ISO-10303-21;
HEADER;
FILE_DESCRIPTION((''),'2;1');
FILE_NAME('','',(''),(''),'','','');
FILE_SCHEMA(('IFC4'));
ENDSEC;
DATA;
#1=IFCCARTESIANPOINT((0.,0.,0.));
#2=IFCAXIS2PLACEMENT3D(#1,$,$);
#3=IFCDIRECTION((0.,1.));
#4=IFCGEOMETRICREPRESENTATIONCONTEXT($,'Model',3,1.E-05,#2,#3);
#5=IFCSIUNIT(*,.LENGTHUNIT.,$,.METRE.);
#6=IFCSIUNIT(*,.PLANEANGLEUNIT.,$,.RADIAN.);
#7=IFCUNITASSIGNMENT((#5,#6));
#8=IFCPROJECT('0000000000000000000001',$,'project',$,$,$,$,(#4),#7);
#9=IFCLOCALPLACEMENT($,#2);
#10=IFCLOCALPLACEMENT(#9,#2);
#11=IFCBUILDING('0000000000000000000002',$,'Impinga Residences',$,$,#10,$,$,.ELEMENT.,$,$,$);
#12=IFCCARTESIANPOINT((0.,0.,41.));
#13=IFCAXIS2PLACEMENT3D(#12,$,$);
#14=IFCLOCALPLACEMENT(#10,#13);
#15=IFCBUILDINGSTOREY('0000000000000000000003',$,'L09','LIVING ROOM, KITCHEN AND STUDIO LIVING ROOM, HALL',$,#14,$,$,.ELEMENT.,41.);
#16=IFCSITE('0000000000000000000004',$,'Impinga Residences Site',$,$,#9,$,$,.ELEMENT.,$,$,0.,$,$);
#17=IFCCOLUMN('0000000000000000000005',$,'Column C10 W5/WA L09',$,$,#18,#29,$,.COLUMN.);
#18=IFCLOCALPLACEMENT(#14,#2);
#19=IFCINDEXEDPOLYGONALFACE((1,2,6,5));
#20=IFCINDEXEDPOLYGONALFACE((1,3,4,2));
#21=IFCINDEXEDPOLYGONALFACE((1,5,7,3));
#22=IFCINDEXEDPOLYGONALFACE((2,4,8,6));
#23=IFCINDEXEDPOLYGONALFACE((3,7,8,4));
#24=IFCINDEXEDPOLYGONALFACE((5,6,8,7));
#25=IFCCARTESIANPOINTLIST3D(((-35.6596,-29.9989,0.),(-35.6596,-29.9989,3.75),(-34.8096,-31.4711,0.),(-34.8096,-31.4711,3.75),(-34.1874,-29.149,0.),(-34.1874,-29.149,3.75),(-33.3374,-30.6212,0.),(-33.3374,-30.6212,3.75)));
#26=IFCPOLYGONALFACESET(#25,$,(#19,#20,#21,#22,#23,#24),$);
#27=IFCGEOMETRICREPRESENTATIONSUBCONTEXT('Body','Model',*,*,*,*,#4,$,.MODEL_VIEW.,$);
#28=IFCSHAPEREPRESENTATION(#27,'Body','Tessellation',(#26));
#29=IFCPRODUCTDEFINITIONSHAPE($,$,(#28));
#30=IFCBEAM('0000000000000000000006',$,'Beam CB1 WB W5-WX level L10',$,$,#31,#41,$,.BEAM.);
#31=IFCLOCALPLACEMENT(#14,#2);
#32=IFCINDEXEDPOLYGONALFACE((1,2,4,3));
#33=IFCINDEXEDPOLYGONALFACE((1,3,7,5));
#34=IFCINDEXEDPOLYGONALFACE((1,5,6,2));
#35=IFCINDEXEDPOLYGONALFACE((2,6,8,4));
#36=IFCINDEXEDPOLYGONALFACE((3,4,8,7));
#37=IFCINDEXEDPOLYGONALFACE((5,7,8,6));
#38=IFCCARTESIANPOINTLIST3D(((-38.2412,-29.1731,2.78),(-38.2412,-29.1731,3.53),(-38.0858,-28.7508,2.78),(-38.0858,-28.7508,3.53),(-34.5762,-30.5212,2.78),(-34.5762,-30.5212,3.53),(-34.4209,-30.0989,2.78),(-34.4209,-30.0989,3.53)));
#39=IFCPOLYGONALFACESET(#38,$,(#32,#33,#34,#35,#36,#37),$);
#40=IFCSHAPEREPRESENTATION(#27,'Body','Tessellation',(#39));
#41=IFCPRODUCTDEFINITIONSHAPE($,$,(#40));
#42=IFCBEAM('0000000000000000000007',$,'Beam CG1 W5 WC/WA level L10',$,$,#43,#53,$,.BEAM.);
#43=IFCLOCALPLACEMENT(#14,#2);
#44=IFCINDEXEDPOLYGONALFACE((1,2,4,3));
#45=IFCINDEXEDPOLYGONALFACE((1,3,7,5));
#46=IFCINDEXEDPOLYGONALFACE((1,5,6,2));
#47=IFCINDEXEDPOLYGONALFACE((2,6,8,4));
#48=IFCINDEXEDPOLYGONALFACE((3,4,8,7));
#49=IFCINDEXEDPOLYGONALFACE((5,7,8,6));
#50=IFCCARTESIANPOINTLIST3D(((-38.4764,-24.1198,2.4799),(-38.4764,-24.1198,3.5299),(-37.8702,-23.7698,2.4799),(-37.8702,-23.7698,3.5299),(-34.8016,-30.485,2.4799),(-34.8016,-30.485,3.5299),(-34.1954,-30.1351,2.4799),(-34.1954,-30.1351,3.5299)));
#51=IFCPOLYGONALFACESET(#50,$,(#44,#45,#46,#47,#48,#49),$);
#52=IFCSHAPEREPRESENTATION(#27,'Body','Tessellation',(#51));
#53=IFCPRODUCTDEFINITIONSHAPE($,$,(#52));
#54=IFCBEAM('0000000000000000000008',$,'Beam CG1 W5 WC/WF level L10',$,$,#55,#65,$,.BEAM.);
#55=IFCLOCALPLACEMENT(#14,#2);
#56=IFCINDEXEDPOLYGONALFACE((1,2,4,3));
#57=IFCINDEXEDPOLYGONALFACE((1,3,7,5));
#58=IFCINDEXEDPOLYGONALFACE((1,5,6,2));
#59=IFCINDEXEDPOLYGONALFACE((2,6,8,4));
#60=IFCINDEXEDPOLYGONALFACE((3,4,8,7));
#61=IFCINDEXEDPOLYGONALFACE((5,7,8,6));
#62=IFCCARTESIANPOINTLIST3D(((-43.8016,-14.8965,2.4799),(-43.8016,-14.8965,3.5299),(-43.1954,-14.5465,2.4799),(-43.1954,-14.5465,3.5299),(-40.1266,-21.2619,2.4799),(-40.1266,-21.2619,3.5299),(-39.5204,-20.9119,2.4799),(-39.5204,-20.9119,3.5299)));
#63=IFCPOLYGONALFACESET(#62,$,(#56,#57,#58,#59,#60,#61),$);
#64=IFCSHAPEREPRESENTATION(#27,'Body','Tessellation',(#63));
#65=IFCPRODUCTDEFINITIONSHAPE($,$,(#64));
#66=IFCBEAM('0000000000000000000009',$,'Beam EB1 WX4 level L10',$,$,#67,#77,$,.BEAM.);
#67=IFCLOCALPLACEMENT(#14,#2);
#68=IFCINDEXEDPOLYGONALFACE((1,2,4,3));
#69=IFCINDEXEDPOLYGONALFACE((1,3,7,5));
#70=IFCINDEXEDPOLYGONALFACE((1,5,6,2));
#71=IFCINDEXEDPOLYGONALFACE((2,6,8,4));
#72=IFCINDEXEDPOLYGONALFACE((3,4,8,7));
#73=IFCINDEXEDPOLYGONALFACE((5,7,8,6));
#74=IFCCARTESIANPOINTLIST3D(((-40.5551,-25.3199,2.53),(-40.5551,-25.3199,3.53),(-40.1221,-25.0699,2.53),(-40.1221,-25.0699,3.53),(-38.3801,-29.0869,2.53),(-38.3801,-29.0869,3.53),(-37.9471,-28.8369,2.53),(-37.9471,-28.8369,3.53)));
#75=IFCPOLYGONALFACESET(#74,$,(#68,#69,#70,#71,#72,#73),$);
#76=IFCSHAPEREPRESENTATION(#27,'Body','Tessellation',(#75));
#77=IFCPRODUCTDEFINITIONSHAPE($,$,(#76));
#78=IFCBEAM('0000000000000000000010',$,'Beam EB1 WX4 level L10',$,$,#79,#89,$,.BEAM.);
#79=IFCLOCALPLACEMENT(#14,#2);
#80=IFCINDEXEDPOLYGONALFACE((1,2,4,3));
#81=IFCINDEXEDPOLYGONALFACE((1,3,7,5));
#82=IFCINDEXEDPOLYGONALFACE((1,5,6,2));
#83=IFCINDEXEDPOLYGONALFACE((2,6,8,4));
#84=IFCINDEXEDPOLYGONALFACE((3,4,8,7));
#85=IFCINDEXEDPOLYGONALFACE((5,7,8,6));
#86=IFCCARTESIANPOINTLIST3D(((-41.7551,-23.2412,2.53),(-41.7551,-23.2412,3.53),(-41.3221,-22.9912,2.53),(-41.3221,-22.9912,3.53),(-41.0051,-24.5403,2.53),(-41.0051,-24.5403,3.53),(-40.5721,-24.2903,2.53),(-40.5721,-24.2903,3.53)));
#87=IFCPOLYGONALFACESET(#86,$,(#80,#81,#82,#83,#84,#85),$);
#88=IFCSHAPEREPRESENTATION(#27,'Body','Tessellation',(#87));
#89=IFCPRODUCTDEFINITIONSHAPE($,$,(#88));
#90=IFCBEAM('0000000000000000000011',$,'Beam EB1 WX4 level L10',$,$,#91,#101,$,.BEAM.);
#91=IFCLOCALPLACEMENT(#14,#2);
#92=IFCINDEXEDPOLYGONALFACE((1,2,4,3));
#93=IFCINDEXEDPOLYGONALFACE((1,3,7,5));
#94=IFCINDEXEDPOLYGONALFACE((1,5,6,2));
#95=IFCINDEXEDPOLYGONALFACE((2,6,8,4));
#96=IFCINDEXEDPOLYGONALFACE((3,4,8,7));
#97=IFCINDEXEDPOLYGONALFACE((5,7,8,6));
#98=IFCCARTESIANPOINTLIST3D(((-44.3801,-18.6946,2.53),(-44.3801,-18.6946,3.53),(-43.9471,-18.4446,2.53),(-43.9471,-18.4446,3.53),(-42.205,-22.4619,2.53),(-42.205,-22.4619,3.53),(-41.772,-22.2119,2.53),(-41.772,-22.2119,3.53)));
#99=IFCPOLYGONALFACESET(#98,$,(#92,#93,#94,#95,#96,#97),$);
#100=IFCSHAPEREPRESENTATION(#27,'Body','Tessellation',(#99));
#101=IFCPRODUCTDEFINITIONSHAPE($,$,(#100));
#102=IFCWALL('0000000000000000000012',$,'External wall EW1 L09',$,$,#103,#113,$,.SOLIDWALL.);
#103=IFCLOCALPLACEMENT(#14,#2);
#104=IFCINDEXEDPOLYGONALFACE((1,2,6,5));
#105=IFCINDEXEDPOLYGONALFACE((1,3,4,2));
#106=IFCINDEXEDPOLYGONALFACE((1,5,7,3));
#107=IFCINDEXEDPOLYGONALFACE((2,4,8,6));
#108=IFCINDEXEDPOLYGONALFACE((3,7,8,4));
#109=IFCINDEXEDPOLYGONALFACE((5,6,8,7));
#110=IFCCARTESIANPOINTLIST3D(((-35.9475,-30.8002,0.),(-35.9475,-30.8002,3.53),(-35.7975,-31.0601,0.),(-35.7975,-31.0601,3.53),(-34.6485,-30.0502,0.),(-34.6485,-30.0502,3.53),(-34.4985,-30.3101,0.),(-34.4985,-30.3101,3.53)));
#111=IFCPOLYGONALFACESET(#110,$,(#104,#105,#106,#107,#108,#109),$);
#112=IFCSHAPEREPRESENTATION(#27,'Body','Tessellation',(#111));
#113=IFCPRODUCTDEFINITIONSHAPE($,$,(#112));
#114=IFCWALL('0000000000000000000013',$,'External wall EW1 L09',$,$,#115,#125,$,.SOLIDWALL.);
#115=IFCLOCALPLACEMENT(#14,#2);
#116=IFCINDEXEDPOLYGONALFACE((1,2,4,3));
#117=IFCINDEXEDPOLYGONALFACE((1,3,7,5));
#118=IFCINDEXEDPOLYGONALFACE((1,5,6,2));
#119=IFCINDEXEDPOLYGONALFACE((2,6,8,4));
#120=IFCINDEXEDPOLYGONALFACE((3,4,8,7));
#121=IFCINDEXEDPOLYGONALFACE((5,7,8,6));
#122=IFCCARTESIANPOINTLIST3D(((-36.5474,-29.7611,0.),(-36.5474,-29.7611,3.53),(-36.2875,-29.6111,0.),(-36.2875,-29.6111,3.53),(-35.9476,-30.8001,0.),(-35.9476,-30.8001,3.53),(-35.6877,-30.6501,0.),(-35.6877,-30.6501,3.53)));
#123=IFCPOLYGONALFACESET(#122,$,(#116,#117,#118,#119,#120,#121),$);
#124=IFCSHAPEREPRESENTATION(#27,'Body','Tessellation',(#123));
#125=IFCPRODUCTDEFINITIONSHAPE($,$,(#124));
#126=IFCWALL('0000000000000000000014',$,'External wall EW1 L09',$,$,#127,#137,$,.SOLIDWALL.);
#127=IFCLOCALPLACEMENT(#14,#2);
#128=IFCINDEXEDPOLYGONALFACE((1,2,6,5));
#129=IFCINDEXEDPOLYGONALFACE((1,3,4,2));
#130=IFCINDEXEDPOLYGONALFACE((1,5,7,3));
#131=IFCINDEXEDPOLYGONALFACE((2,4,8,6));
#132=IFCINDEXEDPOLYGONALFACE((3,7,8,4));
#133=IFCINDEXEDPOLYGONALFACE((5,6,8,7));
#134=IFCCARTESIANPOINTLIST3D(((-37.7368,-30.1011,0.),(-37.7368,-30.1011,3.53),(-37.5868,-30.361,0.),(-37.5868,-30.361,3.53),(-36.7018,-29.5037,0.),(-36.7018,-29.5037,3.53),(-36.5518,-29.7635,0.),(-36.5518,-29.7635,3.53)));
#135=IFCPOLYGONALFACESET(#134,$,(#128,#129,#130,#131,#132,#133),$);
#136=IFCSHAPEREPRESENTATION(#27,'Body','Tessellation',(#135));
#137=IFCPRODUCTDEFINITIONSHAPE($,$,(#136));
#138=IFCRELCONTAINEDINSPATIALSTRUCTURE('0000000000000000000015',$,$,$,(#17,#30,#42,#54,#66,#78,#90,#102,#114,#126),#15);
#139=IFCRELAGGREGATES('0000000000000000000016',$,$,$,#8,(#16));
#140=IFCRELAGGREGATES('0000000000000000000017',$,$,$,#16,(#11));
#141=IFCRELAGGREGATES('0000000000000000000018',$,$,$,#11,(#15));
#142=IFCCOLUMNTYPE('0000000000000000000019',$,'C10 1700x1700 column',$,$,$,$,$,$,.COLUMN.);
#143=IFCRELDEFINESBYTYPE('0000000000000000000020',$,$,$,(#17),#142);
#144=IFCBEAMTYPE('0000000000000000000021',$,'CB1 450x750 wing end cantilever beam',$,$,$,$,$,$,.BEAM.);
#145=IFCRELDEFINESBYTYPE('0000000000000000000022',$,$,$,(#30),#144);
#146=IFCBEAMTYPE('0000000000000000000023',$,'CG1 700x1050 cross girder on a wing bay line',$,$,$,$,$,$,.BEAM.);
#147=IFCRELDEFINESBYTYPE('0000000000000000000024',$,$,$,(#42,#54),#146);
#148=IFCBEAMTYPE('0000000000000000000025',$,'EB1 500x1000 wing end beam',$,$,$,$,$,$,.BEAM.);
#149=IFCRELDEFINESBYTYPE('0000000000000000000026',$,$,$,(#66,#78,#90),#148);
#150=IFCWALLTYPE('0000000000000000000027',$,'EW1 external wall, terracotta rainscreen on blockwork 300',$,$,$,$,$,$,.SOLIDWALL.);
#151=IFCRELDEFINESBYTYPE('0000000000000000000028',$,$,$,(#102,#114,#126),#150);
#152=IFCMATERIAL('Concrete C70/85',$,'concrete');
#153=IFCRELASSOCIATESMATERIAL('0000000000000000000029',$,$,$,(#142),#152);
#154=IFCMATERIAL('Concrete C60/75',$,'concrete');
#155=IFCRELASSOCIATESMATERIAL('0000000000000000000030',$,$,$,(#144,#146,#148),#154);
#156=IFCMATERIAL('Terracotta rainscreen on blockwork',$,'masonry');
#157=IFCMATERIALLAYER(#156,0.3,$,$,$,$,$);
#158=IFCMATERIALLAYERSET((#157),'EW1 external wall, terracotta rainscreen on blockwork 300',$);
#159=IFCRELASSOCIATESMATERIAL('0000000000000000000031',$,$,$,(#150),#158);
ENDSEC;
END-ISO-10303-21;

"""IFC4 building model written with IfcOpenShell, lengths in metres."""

from ifc_helpers import new_model, si_unit, direction, frame, frame_2d, origin, origin_2d, place, context, subcontext, project, spatial, rectangle, extrude, material, layer, layer_set, material_profile, profile_set, type_object, element, save


model = new_model("IFC4")

# Units and contexts
model_context = context("Model", 3, precision=1e-05, world=origin(), true_north=direction((0.0, 1.0)))
body_context = subcontext(model_context, "Body", "Model", "MODEL_VIEW")
ifc_project = project(units=[si_unit("LENGTHUNIT", "METRE"), si_unit("PLANEANGLEUNIT", "RADIAN")], contexts=[model_context])

# Site, building, storey
site_placement = place(None, origin())
site = spatial("IfcSite", under=ifc_project, at=site_placement, Name="Impinga Residences Site", CompositionType="ELEMENT", RefElevation=0.0)
building_placement = place(site_placement, origin())
building = spatial("IfcBuilding", under=site, at=building_placement, Name="Impinga Residences", CompositionType="ELEMENT")
storey_placement = place(building_placement, frame((0.0, 0.0, 41.0)))
storey = spatial("IfcBuildingStorey", under=building, at=storey_placement, Name="L09", Description="LIVING ROOM, KITCHEN AND STUDIO LIVING ROOM, HALL", CompositionType="ELEMENT", Elevation=41.0)

# Column
ifc_material_1 = material(Name="Concrete C70/85", Category="concrete")
ifc_material_profile_1 = material_profile(ifc_material_1, rectangle(XDim=1.7, YDim=1.7, at=origin_2d()), Name="RC 1700x1700")
ifc_profile_set_1 = profile_set([ifc_material_profile_1], Name="Concrete C70/85")
column_type = type_object("IfcColumnType", Name="C10 1700x1700 column", PredefinedType="COLUMN", material=ifc_profile_set_1)
column_placement = place(storey_placement, frame((-34.4985, -30.3101, 0.0), z_axis=(0.0, 0.0, 1.0), x_axis=(-0.5, 0.866025, 0.0)))
element("IfcColumn", 1, at=column_placement, inside=storey, type_object=column_type, Name="Column C10 W5/WA L09", PredefinedType="COLUMN", context=body_context, shape_type="SweptSolid", body=[
    extrude(rectangle(XDim=1.7, YDim=1.7, at=origin_2d()), origin(), (0.0, 0.0, 1.0), 3.75),
])

# Beams
ifc_material_2 = material(Name="Concrete C60/75", Category="concrete")
ifc_material_profile_2 = material_profile(ifc_material_2, rectangle(XDim=0.45, YDim=0.75, at=origin_2d()), Name="RC 450x750")
ifc_profile_set_2 = profile_set([ifc_material_profile_2], Name="Concrete C60/75")
beam_type_1 = type_object("IfcBeamType", Name="CB1 450x750 wing end cantilever beam", PredefinedType="BEAM", material=ifc_profile_set_2)
beam_1_placement = place(storey_placement, frame((-34.4985, -30.3101, 3.155), z_axis=(-0.93852, 0.345224, 0.0), x_axis=(-0.345224, -0.93852, 0.0)))
element("IfcBeam", 2, at=beam_1_placement, inside=storey, type_object=beam_type_1, Name="Beam CB1 WB W5-WX level L10", PredefinedType="BEAM", context=body_context, shape_type="SweptSolid", body=[
    extrude(rectangle(XDim=0.45, YDim=0.75, at=origin_2d()), origin(), (0.0, 0.0, 1.0), 3.905),
])
ifc_material_profile_3 = material_profile(ifc_material_2, rectangle(XDim=0.7, YDim=1.05, at=origin_2d()), Name="RC 700x1050")
ifc_profile_set_3 = profile_set([ifc_material_profile_3], Name="Concrete C60/75")
beam_type_2 = type_object("IfcBeamType", Name="CG1 700x1050 cross girder on a wing bay line", PredefinedType="BEAM", material=ifc_profile_set_3)
beam_2_placement = place(storey_placement, frame((-38.1733, -23.9448, 3.0049), z_axis=(0.499983, -0.866035, 0.0), x_axis=(0.866035, 0.499983, 0.0)))
element("IfcBeam", 3, at=beam_2_placement, inside=storey, type_object=beam_type_2, Name="Beam CG1 W5 WC/WA level L10", PredefinedType="BEAM", context=body_context, shape_type="SweptSolid", body=[
    extrude(rectangle(XDim=0.7, YDim=1.05, at=origin_2d()), origin(), (0.0, 0.0, 1.0), 7.3499),
])
beam_3_placement = place(storey_placement, frame((-39.8235, -21.0869, 3.0049), z_axis=(-0.499994, 0.866029, 0.0), x_axis=(-0.866029, -0.499994, 0.0)))
element("IfcBeam", 4, at=beam_3_placement, inside=storey, type_object=beam_type_2, Name="Beam CG1 W5 WC/WF level L10", PredefinedType="BEAM", context=body_context, shape_type="SweptSolid", body=[
    extrude(rectangle(XDim=0.7, YDim=1.05, at=origin_2d()), origin(), (0.0, 0.0, 1.0), 7.3501),
])
ifc_material_profile_4 = material_profile(ifc_material_2, rectangle(XDim=0.5, YDim=1.0, at=origin_2d()), Name="RC 500x1000")
ifc_profile_set_4 = profile_set([ifc_material_profile_4], Name="Concrete C60/75")
beam_type_3 = type_object("IfcBeamType", Name="EB1 500x1000 wing end beam", PredefinedType="BEAM", material=ifc_profile_set_4)
beam_4_placement = place(storey_placement, frame((-38.1636, -28.9619, 3.03), z_axis=(-0.50002, 0.866014, 0.0), x_axis=(-0.866014, -0.50002, 0.0)))
element("IfcBeam", 5, at=beam_4_placement, inside=storey, type_object=beam_type_3, Name="Beam EB1 WX4 level L10", PredefinedType="BEAM", context=body_context, shape_type="SweptSolid", body=[
    extrude(rectangle(XDim=0.5, YDim=1.0, at=origin_2d()), origin(), (0.0, 0.0, 1.0), 4.3499),
])
beam_5_placement = place(storey_placement, frame((-40.7886, -24.4153, 3.03), z_axis=(-0.49999, 0.866031, 0.0), x_axis=(-0.866031, -0.49999, 0.0)))
element("IfcBeam", 6, at=beam_5_placement, inside=storey, type_object=beam_type_3, Name="Beam EB1 WX4 level L10", PredefinedType="BEAM", context=body_context, shape_type="SweptSolid", body=[
    extrude(rectangle(XDim=0.5, YDim=1.0, at=origin_2d()), origin(), (0.0, 0.0, 1.0), 1.5),
])
beam_6_placement = place(storey_placement, frame((-41.9885, -22.3369, 3.03), z_axis=(-0.499996, 0.866028, 0.0), x_axis=(-0.866028, -0.499996, 0.0)))
element("IfcBeam", 7, at=beam_6_placement, inside=storey, type_object=beam_type_3, Name="Beam EB1 WX4 level L10", PredefinedType="BEAM", context=body_context, shape_type="SweptSolid", body=[
    extrude(rectangle(XDim=0.5, YDim=1.0, at=origin_2d()), origin(), (0.0, 0.0, 1.0), 4.3501),
])

# Walls
ifc_material_3 = material(Name="Terracotta rainscreen on blockwork", Category="masonry")
ifc_layer_1 = layer(ifc_material_3, 0.3)
ifc_layer_set_1 = layer_set([ifc_layer_1], Name="EW1 external wall, terracotta rainscreen on blockwork 300")
wall_type_1 = type_object("IfcWallType", Name="EW1 external wall, terracotta rainscreen on blockwork 300", PredefinedType="SOLIDWALL", material=ifc_layer_set_1)
wall_1_placement = place(storey_placement, frame((-34.5735, -30.1802, 0.0), z_axis=(0.0, 0.0, 1.0), x_axis=(-0.866031, -0.49999, 0.0)))
element("IfcWall", 8, at=wall_1_placement, inside=storey, type_object=wall_type_1, Name="External wall EW1 L09", PredefinedType="SOLIDWALL", context=body_context, shape_type="SweptSolid", body=[
    extrude(rectangle(XDim=1.5, YDim=0.3, at=frame_2d((0.75, 0.0))), origin(), (0.0, 0.0, 1.0), 3.53),
])
wall_2_placement = place(storey_placement, frame((-35.8176, -30.7251, 0.0), z_axis=(0.0, 0.0, 1.0), x_axis=(-0.499969, 0.866043, 0.0)))
element("IfcWall", 9, at=wall_2_placement, inside=storey, type_object=wall_type_1, Name="External wall EW1 L09", PredefinedType="SOLIDWALL", context=body_context, shape_type="SweptSolid", body=[
    extrude(rectangle(XDim=1.1997, YDim=0.3, at=frame_2d((0.5999, 0.0))), origin(), (0.0, 0.0, 1.0), 3.53),
])
wall_3_placement = place(storey_placement, frame((-36.6267, -29.6335, 0.0), z_axis=(0.0, 0.0, 1.0), x_axis=(-0.86606, -0.499941, 0.0)))
element("IfcWall", 10, at=wall_3_placement, inside=storey, type_object=wall_type_1, Name="External wall EW1 L09", PredefinedType="SOLIDWALL", context=body_context, shape_type="SweptSolid", body=[
    extrude(rectangle(XDim=1.1951, YDim=0.3, at=frame_2d((0.5977, 0.0))), origin(), (0.0, 0.0, 1.0), 3.53),
])

save(model, "model.ifc")
